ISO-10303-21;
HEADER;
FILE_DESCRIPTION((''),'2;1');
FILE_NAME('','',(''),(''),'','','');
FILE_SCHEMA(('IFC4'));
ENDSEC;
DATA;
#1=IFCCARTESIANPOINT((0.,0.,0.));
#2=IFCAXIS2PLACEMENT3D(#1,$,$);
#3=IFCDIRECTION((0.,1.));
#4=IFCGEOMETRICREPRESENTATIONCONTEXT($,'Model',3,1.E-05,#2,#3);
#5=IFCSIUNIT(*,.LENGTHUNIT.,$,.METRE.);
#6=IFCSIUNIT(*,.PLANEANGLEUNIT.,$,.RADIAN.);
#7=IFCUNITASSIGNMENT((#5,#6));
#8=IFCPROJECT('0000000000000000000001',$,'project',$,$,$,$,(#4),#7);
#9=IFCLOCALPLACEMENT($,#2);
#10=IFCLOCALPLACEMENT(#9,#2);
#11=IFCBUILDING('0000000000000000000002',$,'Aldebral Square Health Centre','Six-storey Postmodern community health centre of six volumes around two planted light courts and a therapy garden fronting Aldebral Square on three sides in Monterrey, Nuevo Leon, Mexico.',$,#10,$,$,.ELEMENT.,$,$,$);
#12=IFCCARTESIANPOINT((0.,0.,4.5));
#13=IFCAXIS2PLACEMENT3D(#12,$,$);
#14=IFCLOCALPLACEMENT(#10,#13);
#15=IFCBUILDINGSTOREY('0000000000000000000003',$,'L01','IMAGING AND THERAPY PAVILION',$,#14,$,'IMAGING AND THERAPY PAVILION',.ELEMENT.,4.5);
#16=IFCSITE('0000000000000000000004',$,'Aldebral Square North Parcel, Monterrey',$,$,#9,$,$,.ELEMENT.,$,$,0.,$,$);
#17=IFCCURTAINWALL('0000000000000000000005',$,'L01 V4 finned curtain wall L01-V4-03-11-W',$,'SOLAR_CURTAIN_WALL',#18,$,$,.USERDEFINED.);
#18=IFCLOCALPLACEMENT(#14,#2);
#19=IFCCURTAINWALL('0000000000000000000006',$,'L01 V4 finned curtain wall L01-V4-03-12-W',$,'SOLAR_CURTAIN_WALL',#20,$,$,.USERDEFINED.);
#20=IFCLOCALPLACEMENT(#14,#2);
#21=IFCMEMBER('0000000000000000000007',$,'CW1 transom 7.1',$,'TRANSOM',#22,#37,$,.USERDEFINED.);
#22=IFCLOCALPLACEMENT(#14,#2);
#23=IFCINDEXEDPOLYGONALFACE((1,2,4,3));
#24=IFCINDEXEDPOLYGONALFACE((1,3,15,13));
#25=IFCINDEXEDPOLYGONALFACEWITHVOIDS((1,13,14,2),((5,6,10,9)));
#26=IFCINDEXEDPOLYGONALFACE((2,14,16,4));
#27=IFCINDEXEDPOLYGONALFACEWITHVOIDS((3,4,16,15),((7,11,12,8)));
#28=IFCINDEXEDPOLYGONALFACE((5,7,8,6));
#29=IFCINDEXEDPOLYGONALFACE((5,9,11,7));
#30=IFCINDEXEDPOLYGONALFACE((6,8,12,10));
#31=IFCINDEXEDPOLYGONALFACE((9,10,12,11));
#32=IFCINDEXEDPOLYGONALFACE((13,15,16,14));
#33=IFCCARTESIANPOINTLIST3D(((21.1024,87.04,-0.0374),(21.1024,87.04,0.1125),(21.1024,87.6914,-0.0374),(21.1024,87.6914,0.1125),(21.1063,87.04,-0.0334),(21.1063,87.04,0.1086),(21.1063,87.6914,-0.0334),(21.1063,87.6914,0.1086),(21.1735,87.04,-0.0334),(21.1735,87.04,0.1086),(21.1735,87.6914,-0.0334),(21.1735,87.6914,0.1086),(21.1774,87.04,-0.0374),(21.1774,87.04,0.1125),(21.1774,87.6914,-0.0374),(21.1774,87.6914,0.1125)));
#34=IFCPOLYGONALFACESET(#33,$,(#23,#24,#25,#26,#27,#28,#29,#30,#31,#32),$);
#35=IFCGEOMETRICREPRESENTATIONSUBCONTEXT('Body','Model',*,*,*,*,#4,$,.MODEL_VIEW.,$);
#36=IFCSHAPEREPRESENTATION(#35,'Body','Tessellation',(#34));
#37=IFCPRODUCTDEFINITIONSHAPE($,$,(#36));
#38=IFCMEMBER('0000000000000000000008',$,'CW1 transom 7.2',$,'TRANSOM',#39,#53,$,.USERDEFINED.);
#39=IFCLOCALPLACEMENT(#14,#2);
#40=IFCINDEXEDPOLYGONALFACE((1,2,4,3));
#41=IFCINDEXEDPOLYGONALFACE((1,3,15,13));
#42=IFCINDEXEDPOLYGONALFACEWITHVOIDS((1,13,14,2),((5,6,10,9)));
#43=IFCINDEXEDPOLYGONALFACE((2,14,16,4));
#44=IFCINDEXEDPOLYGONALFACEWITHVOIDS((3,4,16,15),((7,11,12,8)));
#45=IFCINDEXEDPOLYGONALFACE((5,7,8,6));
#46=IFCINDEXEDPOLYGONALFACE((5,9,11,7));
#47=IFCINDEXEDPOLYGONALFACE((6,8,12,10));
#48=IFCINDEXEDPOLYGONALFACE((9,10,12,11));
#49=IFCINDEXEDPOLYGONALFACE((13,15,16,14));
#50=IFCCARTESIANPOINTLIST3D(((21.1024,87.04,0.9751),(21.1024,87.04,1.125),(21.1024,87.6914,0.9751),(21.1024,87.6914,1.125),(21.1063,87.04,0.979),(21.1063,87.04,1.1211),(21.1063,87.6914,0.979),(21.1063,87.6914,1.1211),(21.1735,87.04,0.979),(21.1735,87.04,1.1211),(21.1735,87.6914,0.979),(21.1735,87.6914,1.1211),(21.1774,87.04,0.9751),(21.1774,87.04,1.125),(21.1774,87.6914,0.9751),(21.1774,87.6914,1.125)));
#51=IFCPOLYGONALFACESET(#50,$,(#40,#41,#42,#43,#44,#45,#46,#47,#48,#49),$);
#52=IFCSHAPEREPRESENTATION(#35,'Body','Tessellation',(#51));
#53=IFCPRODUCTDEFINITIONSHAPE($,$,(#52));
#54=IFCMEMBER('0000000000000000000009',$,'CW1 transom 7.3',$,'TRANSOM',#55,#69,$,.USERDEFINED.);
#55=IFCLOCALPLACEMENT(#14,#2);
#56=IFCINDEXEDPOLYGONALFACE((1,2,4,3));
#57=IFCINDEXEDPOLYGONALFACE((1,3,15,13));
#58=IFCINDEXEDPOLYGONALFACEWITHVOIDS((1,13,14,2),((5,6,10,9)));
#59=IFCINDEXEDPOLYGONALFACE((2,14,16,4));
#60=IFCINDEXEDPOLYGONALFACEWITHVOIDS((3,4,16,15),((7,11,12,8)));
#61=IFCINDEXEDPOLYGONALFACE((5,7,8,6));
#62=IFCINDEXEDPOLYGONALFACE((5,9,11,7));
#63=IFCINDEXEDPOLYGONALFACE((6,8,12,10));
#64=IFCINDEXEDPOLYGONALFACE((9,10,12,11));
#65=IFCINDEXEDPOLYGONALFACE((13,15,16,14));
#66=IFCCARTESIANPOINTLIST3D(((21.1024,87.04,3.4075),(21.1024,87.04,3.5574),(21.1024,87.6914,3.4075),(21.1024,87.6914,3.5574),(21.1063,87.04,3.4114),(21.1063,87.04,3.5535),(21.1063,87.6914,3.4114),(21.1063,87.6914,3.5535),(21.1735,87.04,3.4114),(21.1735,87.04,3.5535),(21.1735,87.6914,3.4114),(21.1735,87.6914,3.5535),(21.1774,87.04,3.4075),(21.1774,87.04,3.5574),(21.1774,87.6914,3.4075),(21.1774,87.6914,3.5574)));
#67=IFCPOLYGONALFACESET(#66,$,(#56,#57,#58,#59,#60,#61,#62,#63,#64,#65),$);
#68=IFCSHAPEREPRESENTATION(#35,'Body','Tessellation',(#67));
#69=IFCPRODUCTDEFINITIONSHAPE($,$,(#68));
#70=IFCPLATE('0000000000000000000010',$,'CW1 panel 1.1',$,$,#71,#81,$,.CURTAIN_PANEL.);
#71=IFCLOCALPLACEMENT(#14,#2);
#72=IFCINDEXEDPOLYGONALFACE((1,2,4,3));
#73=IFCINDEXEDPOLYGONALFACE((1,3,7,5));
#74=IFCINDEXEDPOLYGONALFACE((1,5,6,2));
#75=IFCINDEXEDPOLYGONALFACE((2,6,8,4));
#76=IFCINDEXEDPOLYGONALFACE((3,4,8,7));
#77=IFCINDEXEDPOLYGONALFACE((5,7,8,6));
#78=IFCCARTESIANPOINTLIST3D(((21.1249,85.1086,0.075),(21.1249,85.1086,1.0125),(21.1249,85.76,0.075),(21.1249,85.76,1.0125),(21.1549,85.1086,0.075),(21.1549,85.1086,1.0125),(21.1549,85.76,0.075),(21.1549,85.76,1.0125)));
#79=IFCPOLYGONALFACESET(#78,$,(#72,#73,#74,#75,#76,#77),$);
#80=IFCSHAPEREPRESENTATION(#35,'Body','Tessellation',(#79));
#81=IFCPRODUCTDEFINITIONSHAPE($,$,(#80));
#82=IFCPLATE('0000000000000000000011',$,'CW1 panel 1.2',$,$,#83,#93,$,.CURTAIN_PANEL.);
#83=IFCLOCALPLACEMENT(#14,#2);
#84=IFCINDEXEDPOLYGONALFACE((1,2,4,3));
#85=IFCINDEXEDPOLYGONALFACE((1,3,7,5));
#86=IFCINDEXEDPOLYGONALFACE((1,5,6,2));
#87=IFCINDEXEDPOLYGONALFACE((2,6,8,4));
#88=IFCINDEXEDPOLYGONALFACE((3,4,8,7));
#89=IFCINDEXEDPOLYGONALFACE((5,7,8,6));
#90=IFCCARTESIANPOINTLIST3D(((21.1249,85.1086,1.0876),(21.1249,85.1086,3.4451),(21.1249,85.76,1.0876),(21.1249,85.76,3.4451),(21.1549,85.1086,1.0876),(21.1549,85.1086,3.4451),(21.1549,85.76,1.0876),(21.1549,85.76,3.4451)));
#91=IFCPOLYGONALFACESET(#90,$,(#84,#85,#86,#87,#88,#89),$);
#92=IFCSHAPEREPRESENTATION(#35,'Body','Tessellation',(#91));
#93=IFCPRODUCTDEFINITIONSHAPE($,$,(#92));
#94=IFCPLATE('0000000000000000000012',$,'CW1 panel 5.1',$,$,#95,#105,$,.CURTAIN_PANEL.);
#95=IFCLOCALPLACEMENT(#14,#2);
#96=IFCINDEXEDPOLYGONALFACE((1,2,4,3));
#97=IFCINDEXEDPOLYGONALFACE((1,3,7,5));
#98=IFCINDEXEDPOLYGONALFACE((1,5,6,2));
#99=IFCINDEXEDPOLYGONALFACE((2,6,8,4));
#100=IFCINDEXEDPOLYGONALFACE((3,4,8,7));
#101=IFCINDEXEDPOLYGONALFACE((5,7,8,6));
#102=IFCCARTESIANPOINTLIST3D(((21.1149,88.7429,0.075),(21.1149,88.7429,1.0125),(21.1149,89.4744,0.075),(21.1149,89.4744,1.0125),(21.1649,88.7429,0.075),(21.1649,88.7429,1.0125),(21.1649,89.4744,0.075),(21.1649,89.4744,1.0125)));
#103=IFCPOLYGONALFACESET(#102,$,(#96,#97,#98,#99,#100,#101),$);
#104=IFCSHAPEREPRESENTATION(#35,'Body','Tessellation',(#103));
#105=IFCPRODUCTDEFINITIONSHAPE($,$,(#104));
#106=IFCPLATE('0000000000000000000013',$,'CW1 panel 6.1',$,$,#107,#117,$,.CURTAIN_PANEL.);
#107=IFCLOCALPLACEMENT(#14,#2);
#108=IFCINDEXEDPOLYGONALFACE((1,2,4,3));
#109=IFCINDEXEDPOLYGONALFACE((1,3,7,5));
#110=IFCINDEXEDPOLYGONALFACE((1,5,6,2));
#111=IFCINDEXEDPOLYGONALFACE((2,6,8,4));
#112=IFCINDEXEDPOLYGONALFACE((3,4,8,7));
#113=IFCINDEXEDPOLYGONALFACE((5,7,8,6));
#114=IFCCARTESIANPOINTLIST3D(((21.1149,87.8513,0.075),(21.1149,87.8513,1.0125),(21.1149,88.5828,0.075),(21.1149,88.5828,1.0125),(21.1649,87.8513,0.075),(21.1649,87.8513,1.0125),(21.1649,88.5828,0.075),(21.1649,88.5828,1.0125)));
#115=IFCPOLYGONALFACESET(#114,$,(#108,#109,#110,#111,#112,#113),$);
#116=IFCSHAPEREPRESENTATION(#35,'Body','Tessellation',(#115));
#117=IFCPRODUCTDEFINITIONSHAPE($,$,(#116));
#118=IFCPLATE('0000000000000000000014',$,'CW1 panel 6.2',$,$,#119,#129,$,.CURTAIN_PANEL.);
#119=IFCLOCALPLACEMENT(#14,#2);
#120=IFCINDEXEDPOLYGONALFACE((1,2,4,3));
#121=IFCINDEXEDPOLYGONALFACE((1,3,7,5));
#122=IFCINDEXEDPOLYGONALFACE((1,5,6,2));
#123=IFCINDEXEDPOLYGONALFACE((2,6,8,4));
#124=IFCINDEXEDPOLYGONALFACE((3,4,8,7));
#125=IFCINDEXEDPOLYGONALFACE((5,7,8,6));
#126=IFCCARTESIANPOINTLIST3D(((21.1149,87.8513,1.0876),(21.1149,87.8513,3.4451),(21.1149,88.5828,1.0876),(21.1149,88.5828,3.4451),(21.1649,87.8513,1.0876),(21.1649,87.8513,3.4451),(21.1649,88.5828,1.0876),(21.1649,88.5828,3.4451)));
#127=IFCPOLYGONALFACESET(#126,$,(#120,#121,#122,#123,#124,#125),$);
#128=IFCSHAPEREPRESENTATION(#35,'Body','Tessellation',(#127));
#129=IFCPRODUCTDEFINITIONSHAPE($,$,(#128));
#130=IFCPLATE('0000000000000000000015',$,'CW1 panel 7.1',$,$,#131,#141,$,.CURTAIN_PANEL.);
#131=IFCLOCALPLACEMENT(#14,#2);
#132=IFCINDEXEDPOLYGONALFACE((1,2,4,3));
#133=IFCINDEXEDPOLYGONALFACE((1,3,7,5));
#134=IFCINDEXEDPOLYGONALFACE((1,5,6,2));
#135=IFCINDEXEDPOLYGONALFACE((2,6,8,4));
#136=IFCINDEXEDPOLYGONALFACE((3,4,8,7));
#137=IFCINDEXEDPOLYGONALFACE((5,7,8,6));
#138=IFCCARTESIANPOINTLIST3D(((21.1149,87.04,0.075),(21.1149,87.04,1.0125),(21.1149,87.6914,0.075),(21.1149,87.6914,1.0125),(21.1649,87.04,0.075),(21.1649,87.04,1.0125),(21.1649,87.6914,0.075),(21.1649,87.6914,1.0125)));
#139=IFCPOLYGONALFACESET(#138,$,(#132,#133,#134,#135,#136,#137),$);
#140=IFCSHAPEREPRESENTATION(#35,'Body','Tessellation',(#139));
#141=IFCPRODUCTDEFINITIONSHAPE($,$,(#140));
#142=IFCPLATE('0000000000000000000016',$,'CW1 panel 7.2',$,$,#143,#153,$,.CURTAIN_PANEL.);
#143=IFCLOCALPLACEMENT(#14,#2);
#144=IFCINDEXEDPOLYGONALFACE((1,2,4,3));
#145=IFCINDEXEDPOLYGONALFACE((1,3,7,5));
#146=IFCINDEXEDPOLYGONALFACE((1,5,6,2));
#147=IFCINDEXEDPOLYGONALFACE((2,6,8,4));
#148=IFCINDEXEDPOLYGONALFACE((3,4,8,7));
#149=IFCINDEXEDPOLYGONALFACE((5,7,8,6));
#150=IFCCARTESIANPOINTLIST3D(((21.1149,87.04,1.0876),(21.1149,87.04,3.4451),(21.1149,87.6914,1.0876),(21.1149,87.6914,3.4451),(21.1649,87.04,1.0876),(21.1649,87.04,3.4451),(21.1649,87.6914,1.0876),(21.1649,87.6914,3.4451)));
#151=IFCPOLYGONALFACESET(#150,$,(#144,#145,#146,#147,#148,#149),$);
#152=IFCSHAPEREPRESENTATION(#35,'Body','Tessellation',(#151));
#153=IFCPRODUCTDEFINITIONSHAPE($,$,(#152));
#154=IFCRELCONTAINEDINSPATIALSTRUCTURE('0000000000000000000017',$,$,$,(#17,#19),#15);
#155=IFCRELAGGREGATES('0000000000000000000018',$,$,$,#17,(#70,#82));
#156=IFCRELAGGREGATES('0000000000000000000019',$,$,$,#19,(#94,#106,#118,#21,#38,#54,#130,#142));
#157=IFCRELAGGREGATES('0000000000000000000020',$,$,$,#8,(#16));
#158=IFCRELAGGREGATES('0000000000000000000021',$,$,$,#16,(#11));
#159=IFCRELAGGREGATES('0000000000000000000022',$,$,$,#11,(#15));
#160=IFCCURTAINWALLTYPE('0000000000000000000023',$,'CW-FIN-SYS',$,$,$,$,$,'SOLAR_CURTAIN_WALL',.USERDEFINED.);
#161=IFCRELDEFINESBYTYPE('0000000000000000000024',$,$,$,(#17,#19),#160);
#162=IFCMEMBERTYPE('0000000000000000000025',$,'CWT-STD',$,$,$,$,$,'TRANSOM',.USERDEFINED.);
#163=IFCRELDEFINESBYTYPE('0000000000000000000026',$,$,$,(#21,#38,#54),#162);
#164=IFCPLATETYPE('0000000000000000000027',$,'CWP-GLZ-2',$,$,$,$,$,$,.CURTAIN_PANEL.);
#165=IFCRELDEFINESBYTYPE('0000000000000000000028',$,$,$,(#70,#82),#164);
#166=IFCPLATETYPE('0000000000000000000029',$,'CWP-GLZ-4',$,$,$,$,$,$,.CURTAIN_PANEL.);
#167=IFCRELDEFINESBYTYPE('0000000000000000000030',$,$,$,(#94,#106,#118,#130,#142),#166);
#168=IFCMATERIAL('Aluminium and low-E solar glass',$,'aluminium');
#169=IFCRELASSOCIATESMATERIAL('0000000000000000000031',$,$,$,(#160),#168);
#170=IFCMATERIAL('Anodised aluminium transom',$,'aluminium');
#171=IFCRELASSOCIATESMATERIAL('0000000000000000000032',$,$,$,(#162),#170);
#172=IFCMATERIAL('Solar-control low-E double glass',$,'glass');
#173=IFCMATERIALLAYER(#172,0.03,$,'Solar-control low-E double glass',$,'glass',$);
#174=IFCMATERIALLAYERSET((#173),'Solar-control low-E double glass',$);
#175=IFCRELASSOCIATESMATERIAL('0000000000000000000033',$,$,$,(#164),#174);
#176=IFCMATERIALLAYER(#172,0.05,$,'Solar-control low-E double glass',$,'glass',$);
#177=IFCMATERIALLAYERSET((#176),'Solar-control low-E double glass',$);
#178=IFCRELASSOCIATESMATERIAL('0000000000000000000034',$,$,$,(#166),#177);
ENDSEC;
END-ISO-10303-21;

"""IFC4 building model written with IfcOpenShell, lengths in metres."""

from ifc_helpers import new_model, si_unit, direction, frame, origin, origin_2d, place, context, subcontext, project, spatial, rectangle, hollow_rectangle, extrude, material, layer, layer_set, material_profile, profile_set, type_object, element, aggregate, save


model = new_model("IFC4")

# Units and contexts
model_context = context("Model", 3, precision=1e-05, world=origin(), true_north=direction((0.0, 1.0)))
body_context = subcontext(model_context, "Body", "Model", "MODEL_VIEW")
ifc_project = project(units=[si_unit("LENGTHUNIT", "METRE"), si_unit("PLANEANGLEUNIT", "RADIAN")], contexts=[model_context])

# Site, building, storey
site_placement = place(None, origin())
site = spatial("IfcSite", under=ifc_project, at=site_placement, Name="Aldebral Square North Parcel, Monterrey", CompositionType="ELEMENT", RefElevation=0.0)
building_placement = place(site_placement, origin())
building = spatial("IfcBuilding", under=site, at=building_placement, Name="Aldebral Square Health Centre", Description="Six-storey Postmodern community health centre of six volumes around two planted light courts and a therapy garden fronting Aldebral Square on three sides in Monterrey, Nuevo Leon, Mexico.", CompositionType="ELEMENT")
storey_placement = place(building_placement, frame((0.0, 0.0, 4.5)))
storey = spatial("IfcBuildingStorey", under=building, at=storey_placement, Name="L01", Description="IMAGING AND THERAPY PAVILION", LongName="IMAGING AND THERAPY PAVILION", CompositionType="ELEMENT", Elevation=4.5)

# Curtain walls
ifc_material_1 = material(Name="Aluminium and low-E solar glass", Category="aluminium")
curtain_wall_type = type_object("IfcCurtainWallType", Name="CW-FIN-SYS", ElementType="SOLAR_CURTAIN_WALL", PredefinedType="USERDEFINED", material=ifc_material_1)
curtain_wall_1_placement = place(storey_placement, origin())
curtain_wall_1 = element("IfcCurtainWall", 1, at=curtain_wall_1_placement, inside=storey, type_object=curtain_wall_type, Name="L01 V4 finned curtain wall L01-V4-03-11-W", ObjectType="SOLAR_CURTAIN_WALL", PredefinedType="USERDEFINED")
curtain_wall_2_placement = place(storey_placement, origin())
curtain_wall_2 = element("IfcCurtainWall", 2, at=curtain_wall_2_placement, inside=storey, type_object=curtain_wall_type, Name="L01 V4 finned curtain wall L01-V4-03-12-W", ObjectType="SOLAR_CURTAIN_WALL", PredefinedType="USERDEFINED")

# Members
ifc_material_2 = material(Name="Anodised aluminium transom", Category="aluminium")
ifc_material_profile_1 = material_profile(ifc_material_2, hollow_rectangle(XDim=0.075, YDim=0.1499, WallThickness=0.0039, at=origin_2d()), Name="CWT 75x150x4")
ifc_profile_set_1 = profile_set([ifc_material_profile_1], Name="Anodised aluminium transom")
member_type_1 = type_object("IfcMemberType", Name="CWT-STD", ElementType="TRANSOM", PredefinedType="USERDEFINED", material=ifc_profile_set_1)
member_1_placement = place(storey_placement, frame((21.1399, 87.6914, 0.0376), z_axis=(0.0, -1.0, 0.0), x_axis=(1.0, 0.0, 0.0)))
member_1 = element("IfcMember", 3, at=member_1_placement, type_object=member_type_1, Name="CW1 transom 7.1", ObjectType="TRANSOM", PredefinedType="USERDEFINED", context=body_context, shape_type="SweptSolid", body=[
    extrude(hollow_rectangle(XDim=0.075, YDim=0.1499, WallThickness=0.0039, at=origin_2d()), origin(), (0.0, 0.0, 1.0), 0.6514),
])
member_2_placement = place(storey_placement, frame((21.1399, 87.6914, 1.05), z_axis=(0.0, -1.0, 0.0), x_axis=(1.0, 0.0, 0.0)))
member_2 = element("IfcMember", 4, at=member_2_placement, type_object=member_type_1, Name="CW1 transom 7.2", ObjectType="TRANSOM", PredefinedType="USERDEFINED", context=body_context, shape_type="SweptSolid", body=[
    extrude(hollow_rectangle(XDim=0.075, YDim=0.1499, WallThickness=0.0039, at=origin_2d()), origin(), (0.0, 0.0, 1.0), 0.6514),
])
member_3_placement = place(storey_placement, frame((21.1399, 87.6914, 3.4824), z_axis=(0.0, -1.0, 0.0), x_axis=(1.0, 0.0, 0.0)))
member_3 = element("IfcMember", 5, at=member_3_placement, type_object=member_type_1, Name="CW1 transom 7.3", ObjectType="TRANSOM", PredefinedType="USERDEFINED", context=body_context, shape_type="SweptSolid", body=[
    extrude(hollow_rectangle(XDim=0.075, YDim=0.1499, WallThickness=0.0039, at=origin_2d()), origin(), (0.0, 0.0, 1.0), 0.6514),
])

# Plates
ifc_material_3 = material(Name="Solar-control low-E double glass", Category="glass")
ifc_layer_1 = layer(ifc_material_3, 0.03, Name="Solar-control low-E double glass", Category="glass")
ifc_layer_set_1 = layer_set([ifc_layer_1], Name="Solar-control low-E double glass")
plate_type_1 = type_object("IfcPlateType", Name="CWP-GLZ-2", PredefinedType="CURTAIN_PANEL", material=ifc_layer_set_1)
plate_1_placement = place(storey_placement, frame((21.1399, 85.4343, 0.075), z_axis=(0.0, 0.0, 1.0), x_axis=(0.0, -1.0, 0.0)))
plate_1 = element("IfcPlate", 6, at=plate_1_placement, type_object=plate_type_1, Name="CW1 panel 1.1", PredefinedType="CURTAIN_PANEL", context=body_context, shape_type="SweptSolid", body=[
    extrude(rectangle(XDim=0.6514, YDim=0.03, at=origin_2d()), origin(), (0.0, 0.0, 1.0), 0.9375),
])
plate_2_placement = place(storey_placement, frame((21.1399, 85.4343, 1.0876), z_axis=(0.0, 0.0, 1.0), x_axis=(0.0, -1.0, 0.0)))
plate_2 = element("IfcPlate", 7, at=plate_2_placement, type_object=plate_type_1, Name="CW1 panel 1.2", PredefinedType="CURTAIN_PANEL", context=body_context, shape_type="SweptSolid", body=[
    extrude(rectangle(XDim=0.6514, YDim=0.03, at=origin_2d()), origin(), (0.0, 0.0, 1.0), 2.3574),
])
aggregate(curtain_wall_1, [plate_1, plate_2])
ifc_layer_2 = layer(ifc_material_3, 0.05, Name="Solar-control low-E double glass", Category="glass")
ifc_layer_set_2 = layer_set([ifc_layer_2], Name="Solar-control low-E double glass")
plate_type_2 = type_object("IfcPlateType", Name="CWP-GLZ-4", PredefinedType="CURTAIN_PANEL", material=ifc_layer_set_2)
plate_3_placement = place(storey_placement, frame((21.1399, 89.1086, 0.075), z_axis=(0.0, 0.0, 1.0), x_axis=(0.0, -1.0, 0.0)))
plate_3 = element("IfcPlate", 8, at=plate_3_placement, type_object=plate_type_2, Name="CW1 panel 5.1", PredefinedType="CURTAIN_PANEL", context=body_context, shape_type="SweptSolid", body=[
    extrude(rectangle(XDim=0.7314, YDim=0.05, at=origin_2d()), origin(), (0.0, 0.0, 1.0), 0.9375),
])
plate_4_placement = place(storey_placement, frame((21.1399, 88.217, 0.075), z_axis=(0.0, 0.0, 1.0), x_axis=(0.0, -1.0, 0.0)))
plate_4 = element("IfcPlate", 9, at=plate_4_placement, type_object=plate_type_2, Name="CW1 panel 6.1", PredefinedType="CURTAIN_PANEL", context=body_context, shape_type="SweptSolid", body=[
    extrude(rectangle(XDim=0.7314, YDim=0.05, at=origin_2d()), origin(), (0.0, 0.0, 1.0), 0.9375),
])
plate_5_placement = place(storey_placement, frame((21.1399, 88.217, 1.0876), z_axis=(0.0, 0.0, 1.0), x_axis=(0.0, -1.0, 0.0)))
plate_5 = element("IfcPlate", 10, at=plate_5_placement, type_object=plate_type_2, Name="CW1 panel 6.2", PredefinedType="CURTAIN_PANEL", context=body_context, shape_type="SweptSolid", body=[
    extrude(rectangle(XDim=0.7314, YDim=0.05, at=origin_2d()), origin(), (0.0, 0.0, 1.0), 2.3574),
])
plate_6_placement = place(storey_placement, frame((21.1399, 87.3657, 0.075), z_axis=(0.0, 0.0, 1.0), x_axis=(0.0, -1.0, 0.0)))
plate_6 = element("IfcPlate", 11, at=plate_6_placement, type_object=plate_type_2, Name="CW1 panel 7.1", PredefinedType="CURTAIN_PANEL", context=body_context, shape_type="SweptSolid", body=[
    extrude(rectangle(XDim=0.6514, YDim=0.05, at=origin_2d()), origin(), (0.0, 0.0, 1.0), 0.9375),
])
plate_7_placement = place(storey_placement, frame((21.1399, 87.3657, 1.0876), z_axis=(0.0, 0.0, 1.0), x_axis=(0.0, -1.0, 0.0)))
plate_7 = element("IfcPlate", 12, at=plate_7_placement, type_object=plate_type_2, Name="CW1 panel 7.2", PredefinedType="CURTAIN_PANEL", context=body_context, shape_type="SweptSolid", body=[
    extrude(rectangle(XDim=0.6514, YDim=0.05, at=origin_2d()), origin(), (0.0, 0.0, 1.0), 2.3574),
])
aggregate(curtain_wall_2, [plate_3, plate_4, plate_5, member_1, member_2, member_3, plate_6, plate_7])

save(model, "model.ifc")
